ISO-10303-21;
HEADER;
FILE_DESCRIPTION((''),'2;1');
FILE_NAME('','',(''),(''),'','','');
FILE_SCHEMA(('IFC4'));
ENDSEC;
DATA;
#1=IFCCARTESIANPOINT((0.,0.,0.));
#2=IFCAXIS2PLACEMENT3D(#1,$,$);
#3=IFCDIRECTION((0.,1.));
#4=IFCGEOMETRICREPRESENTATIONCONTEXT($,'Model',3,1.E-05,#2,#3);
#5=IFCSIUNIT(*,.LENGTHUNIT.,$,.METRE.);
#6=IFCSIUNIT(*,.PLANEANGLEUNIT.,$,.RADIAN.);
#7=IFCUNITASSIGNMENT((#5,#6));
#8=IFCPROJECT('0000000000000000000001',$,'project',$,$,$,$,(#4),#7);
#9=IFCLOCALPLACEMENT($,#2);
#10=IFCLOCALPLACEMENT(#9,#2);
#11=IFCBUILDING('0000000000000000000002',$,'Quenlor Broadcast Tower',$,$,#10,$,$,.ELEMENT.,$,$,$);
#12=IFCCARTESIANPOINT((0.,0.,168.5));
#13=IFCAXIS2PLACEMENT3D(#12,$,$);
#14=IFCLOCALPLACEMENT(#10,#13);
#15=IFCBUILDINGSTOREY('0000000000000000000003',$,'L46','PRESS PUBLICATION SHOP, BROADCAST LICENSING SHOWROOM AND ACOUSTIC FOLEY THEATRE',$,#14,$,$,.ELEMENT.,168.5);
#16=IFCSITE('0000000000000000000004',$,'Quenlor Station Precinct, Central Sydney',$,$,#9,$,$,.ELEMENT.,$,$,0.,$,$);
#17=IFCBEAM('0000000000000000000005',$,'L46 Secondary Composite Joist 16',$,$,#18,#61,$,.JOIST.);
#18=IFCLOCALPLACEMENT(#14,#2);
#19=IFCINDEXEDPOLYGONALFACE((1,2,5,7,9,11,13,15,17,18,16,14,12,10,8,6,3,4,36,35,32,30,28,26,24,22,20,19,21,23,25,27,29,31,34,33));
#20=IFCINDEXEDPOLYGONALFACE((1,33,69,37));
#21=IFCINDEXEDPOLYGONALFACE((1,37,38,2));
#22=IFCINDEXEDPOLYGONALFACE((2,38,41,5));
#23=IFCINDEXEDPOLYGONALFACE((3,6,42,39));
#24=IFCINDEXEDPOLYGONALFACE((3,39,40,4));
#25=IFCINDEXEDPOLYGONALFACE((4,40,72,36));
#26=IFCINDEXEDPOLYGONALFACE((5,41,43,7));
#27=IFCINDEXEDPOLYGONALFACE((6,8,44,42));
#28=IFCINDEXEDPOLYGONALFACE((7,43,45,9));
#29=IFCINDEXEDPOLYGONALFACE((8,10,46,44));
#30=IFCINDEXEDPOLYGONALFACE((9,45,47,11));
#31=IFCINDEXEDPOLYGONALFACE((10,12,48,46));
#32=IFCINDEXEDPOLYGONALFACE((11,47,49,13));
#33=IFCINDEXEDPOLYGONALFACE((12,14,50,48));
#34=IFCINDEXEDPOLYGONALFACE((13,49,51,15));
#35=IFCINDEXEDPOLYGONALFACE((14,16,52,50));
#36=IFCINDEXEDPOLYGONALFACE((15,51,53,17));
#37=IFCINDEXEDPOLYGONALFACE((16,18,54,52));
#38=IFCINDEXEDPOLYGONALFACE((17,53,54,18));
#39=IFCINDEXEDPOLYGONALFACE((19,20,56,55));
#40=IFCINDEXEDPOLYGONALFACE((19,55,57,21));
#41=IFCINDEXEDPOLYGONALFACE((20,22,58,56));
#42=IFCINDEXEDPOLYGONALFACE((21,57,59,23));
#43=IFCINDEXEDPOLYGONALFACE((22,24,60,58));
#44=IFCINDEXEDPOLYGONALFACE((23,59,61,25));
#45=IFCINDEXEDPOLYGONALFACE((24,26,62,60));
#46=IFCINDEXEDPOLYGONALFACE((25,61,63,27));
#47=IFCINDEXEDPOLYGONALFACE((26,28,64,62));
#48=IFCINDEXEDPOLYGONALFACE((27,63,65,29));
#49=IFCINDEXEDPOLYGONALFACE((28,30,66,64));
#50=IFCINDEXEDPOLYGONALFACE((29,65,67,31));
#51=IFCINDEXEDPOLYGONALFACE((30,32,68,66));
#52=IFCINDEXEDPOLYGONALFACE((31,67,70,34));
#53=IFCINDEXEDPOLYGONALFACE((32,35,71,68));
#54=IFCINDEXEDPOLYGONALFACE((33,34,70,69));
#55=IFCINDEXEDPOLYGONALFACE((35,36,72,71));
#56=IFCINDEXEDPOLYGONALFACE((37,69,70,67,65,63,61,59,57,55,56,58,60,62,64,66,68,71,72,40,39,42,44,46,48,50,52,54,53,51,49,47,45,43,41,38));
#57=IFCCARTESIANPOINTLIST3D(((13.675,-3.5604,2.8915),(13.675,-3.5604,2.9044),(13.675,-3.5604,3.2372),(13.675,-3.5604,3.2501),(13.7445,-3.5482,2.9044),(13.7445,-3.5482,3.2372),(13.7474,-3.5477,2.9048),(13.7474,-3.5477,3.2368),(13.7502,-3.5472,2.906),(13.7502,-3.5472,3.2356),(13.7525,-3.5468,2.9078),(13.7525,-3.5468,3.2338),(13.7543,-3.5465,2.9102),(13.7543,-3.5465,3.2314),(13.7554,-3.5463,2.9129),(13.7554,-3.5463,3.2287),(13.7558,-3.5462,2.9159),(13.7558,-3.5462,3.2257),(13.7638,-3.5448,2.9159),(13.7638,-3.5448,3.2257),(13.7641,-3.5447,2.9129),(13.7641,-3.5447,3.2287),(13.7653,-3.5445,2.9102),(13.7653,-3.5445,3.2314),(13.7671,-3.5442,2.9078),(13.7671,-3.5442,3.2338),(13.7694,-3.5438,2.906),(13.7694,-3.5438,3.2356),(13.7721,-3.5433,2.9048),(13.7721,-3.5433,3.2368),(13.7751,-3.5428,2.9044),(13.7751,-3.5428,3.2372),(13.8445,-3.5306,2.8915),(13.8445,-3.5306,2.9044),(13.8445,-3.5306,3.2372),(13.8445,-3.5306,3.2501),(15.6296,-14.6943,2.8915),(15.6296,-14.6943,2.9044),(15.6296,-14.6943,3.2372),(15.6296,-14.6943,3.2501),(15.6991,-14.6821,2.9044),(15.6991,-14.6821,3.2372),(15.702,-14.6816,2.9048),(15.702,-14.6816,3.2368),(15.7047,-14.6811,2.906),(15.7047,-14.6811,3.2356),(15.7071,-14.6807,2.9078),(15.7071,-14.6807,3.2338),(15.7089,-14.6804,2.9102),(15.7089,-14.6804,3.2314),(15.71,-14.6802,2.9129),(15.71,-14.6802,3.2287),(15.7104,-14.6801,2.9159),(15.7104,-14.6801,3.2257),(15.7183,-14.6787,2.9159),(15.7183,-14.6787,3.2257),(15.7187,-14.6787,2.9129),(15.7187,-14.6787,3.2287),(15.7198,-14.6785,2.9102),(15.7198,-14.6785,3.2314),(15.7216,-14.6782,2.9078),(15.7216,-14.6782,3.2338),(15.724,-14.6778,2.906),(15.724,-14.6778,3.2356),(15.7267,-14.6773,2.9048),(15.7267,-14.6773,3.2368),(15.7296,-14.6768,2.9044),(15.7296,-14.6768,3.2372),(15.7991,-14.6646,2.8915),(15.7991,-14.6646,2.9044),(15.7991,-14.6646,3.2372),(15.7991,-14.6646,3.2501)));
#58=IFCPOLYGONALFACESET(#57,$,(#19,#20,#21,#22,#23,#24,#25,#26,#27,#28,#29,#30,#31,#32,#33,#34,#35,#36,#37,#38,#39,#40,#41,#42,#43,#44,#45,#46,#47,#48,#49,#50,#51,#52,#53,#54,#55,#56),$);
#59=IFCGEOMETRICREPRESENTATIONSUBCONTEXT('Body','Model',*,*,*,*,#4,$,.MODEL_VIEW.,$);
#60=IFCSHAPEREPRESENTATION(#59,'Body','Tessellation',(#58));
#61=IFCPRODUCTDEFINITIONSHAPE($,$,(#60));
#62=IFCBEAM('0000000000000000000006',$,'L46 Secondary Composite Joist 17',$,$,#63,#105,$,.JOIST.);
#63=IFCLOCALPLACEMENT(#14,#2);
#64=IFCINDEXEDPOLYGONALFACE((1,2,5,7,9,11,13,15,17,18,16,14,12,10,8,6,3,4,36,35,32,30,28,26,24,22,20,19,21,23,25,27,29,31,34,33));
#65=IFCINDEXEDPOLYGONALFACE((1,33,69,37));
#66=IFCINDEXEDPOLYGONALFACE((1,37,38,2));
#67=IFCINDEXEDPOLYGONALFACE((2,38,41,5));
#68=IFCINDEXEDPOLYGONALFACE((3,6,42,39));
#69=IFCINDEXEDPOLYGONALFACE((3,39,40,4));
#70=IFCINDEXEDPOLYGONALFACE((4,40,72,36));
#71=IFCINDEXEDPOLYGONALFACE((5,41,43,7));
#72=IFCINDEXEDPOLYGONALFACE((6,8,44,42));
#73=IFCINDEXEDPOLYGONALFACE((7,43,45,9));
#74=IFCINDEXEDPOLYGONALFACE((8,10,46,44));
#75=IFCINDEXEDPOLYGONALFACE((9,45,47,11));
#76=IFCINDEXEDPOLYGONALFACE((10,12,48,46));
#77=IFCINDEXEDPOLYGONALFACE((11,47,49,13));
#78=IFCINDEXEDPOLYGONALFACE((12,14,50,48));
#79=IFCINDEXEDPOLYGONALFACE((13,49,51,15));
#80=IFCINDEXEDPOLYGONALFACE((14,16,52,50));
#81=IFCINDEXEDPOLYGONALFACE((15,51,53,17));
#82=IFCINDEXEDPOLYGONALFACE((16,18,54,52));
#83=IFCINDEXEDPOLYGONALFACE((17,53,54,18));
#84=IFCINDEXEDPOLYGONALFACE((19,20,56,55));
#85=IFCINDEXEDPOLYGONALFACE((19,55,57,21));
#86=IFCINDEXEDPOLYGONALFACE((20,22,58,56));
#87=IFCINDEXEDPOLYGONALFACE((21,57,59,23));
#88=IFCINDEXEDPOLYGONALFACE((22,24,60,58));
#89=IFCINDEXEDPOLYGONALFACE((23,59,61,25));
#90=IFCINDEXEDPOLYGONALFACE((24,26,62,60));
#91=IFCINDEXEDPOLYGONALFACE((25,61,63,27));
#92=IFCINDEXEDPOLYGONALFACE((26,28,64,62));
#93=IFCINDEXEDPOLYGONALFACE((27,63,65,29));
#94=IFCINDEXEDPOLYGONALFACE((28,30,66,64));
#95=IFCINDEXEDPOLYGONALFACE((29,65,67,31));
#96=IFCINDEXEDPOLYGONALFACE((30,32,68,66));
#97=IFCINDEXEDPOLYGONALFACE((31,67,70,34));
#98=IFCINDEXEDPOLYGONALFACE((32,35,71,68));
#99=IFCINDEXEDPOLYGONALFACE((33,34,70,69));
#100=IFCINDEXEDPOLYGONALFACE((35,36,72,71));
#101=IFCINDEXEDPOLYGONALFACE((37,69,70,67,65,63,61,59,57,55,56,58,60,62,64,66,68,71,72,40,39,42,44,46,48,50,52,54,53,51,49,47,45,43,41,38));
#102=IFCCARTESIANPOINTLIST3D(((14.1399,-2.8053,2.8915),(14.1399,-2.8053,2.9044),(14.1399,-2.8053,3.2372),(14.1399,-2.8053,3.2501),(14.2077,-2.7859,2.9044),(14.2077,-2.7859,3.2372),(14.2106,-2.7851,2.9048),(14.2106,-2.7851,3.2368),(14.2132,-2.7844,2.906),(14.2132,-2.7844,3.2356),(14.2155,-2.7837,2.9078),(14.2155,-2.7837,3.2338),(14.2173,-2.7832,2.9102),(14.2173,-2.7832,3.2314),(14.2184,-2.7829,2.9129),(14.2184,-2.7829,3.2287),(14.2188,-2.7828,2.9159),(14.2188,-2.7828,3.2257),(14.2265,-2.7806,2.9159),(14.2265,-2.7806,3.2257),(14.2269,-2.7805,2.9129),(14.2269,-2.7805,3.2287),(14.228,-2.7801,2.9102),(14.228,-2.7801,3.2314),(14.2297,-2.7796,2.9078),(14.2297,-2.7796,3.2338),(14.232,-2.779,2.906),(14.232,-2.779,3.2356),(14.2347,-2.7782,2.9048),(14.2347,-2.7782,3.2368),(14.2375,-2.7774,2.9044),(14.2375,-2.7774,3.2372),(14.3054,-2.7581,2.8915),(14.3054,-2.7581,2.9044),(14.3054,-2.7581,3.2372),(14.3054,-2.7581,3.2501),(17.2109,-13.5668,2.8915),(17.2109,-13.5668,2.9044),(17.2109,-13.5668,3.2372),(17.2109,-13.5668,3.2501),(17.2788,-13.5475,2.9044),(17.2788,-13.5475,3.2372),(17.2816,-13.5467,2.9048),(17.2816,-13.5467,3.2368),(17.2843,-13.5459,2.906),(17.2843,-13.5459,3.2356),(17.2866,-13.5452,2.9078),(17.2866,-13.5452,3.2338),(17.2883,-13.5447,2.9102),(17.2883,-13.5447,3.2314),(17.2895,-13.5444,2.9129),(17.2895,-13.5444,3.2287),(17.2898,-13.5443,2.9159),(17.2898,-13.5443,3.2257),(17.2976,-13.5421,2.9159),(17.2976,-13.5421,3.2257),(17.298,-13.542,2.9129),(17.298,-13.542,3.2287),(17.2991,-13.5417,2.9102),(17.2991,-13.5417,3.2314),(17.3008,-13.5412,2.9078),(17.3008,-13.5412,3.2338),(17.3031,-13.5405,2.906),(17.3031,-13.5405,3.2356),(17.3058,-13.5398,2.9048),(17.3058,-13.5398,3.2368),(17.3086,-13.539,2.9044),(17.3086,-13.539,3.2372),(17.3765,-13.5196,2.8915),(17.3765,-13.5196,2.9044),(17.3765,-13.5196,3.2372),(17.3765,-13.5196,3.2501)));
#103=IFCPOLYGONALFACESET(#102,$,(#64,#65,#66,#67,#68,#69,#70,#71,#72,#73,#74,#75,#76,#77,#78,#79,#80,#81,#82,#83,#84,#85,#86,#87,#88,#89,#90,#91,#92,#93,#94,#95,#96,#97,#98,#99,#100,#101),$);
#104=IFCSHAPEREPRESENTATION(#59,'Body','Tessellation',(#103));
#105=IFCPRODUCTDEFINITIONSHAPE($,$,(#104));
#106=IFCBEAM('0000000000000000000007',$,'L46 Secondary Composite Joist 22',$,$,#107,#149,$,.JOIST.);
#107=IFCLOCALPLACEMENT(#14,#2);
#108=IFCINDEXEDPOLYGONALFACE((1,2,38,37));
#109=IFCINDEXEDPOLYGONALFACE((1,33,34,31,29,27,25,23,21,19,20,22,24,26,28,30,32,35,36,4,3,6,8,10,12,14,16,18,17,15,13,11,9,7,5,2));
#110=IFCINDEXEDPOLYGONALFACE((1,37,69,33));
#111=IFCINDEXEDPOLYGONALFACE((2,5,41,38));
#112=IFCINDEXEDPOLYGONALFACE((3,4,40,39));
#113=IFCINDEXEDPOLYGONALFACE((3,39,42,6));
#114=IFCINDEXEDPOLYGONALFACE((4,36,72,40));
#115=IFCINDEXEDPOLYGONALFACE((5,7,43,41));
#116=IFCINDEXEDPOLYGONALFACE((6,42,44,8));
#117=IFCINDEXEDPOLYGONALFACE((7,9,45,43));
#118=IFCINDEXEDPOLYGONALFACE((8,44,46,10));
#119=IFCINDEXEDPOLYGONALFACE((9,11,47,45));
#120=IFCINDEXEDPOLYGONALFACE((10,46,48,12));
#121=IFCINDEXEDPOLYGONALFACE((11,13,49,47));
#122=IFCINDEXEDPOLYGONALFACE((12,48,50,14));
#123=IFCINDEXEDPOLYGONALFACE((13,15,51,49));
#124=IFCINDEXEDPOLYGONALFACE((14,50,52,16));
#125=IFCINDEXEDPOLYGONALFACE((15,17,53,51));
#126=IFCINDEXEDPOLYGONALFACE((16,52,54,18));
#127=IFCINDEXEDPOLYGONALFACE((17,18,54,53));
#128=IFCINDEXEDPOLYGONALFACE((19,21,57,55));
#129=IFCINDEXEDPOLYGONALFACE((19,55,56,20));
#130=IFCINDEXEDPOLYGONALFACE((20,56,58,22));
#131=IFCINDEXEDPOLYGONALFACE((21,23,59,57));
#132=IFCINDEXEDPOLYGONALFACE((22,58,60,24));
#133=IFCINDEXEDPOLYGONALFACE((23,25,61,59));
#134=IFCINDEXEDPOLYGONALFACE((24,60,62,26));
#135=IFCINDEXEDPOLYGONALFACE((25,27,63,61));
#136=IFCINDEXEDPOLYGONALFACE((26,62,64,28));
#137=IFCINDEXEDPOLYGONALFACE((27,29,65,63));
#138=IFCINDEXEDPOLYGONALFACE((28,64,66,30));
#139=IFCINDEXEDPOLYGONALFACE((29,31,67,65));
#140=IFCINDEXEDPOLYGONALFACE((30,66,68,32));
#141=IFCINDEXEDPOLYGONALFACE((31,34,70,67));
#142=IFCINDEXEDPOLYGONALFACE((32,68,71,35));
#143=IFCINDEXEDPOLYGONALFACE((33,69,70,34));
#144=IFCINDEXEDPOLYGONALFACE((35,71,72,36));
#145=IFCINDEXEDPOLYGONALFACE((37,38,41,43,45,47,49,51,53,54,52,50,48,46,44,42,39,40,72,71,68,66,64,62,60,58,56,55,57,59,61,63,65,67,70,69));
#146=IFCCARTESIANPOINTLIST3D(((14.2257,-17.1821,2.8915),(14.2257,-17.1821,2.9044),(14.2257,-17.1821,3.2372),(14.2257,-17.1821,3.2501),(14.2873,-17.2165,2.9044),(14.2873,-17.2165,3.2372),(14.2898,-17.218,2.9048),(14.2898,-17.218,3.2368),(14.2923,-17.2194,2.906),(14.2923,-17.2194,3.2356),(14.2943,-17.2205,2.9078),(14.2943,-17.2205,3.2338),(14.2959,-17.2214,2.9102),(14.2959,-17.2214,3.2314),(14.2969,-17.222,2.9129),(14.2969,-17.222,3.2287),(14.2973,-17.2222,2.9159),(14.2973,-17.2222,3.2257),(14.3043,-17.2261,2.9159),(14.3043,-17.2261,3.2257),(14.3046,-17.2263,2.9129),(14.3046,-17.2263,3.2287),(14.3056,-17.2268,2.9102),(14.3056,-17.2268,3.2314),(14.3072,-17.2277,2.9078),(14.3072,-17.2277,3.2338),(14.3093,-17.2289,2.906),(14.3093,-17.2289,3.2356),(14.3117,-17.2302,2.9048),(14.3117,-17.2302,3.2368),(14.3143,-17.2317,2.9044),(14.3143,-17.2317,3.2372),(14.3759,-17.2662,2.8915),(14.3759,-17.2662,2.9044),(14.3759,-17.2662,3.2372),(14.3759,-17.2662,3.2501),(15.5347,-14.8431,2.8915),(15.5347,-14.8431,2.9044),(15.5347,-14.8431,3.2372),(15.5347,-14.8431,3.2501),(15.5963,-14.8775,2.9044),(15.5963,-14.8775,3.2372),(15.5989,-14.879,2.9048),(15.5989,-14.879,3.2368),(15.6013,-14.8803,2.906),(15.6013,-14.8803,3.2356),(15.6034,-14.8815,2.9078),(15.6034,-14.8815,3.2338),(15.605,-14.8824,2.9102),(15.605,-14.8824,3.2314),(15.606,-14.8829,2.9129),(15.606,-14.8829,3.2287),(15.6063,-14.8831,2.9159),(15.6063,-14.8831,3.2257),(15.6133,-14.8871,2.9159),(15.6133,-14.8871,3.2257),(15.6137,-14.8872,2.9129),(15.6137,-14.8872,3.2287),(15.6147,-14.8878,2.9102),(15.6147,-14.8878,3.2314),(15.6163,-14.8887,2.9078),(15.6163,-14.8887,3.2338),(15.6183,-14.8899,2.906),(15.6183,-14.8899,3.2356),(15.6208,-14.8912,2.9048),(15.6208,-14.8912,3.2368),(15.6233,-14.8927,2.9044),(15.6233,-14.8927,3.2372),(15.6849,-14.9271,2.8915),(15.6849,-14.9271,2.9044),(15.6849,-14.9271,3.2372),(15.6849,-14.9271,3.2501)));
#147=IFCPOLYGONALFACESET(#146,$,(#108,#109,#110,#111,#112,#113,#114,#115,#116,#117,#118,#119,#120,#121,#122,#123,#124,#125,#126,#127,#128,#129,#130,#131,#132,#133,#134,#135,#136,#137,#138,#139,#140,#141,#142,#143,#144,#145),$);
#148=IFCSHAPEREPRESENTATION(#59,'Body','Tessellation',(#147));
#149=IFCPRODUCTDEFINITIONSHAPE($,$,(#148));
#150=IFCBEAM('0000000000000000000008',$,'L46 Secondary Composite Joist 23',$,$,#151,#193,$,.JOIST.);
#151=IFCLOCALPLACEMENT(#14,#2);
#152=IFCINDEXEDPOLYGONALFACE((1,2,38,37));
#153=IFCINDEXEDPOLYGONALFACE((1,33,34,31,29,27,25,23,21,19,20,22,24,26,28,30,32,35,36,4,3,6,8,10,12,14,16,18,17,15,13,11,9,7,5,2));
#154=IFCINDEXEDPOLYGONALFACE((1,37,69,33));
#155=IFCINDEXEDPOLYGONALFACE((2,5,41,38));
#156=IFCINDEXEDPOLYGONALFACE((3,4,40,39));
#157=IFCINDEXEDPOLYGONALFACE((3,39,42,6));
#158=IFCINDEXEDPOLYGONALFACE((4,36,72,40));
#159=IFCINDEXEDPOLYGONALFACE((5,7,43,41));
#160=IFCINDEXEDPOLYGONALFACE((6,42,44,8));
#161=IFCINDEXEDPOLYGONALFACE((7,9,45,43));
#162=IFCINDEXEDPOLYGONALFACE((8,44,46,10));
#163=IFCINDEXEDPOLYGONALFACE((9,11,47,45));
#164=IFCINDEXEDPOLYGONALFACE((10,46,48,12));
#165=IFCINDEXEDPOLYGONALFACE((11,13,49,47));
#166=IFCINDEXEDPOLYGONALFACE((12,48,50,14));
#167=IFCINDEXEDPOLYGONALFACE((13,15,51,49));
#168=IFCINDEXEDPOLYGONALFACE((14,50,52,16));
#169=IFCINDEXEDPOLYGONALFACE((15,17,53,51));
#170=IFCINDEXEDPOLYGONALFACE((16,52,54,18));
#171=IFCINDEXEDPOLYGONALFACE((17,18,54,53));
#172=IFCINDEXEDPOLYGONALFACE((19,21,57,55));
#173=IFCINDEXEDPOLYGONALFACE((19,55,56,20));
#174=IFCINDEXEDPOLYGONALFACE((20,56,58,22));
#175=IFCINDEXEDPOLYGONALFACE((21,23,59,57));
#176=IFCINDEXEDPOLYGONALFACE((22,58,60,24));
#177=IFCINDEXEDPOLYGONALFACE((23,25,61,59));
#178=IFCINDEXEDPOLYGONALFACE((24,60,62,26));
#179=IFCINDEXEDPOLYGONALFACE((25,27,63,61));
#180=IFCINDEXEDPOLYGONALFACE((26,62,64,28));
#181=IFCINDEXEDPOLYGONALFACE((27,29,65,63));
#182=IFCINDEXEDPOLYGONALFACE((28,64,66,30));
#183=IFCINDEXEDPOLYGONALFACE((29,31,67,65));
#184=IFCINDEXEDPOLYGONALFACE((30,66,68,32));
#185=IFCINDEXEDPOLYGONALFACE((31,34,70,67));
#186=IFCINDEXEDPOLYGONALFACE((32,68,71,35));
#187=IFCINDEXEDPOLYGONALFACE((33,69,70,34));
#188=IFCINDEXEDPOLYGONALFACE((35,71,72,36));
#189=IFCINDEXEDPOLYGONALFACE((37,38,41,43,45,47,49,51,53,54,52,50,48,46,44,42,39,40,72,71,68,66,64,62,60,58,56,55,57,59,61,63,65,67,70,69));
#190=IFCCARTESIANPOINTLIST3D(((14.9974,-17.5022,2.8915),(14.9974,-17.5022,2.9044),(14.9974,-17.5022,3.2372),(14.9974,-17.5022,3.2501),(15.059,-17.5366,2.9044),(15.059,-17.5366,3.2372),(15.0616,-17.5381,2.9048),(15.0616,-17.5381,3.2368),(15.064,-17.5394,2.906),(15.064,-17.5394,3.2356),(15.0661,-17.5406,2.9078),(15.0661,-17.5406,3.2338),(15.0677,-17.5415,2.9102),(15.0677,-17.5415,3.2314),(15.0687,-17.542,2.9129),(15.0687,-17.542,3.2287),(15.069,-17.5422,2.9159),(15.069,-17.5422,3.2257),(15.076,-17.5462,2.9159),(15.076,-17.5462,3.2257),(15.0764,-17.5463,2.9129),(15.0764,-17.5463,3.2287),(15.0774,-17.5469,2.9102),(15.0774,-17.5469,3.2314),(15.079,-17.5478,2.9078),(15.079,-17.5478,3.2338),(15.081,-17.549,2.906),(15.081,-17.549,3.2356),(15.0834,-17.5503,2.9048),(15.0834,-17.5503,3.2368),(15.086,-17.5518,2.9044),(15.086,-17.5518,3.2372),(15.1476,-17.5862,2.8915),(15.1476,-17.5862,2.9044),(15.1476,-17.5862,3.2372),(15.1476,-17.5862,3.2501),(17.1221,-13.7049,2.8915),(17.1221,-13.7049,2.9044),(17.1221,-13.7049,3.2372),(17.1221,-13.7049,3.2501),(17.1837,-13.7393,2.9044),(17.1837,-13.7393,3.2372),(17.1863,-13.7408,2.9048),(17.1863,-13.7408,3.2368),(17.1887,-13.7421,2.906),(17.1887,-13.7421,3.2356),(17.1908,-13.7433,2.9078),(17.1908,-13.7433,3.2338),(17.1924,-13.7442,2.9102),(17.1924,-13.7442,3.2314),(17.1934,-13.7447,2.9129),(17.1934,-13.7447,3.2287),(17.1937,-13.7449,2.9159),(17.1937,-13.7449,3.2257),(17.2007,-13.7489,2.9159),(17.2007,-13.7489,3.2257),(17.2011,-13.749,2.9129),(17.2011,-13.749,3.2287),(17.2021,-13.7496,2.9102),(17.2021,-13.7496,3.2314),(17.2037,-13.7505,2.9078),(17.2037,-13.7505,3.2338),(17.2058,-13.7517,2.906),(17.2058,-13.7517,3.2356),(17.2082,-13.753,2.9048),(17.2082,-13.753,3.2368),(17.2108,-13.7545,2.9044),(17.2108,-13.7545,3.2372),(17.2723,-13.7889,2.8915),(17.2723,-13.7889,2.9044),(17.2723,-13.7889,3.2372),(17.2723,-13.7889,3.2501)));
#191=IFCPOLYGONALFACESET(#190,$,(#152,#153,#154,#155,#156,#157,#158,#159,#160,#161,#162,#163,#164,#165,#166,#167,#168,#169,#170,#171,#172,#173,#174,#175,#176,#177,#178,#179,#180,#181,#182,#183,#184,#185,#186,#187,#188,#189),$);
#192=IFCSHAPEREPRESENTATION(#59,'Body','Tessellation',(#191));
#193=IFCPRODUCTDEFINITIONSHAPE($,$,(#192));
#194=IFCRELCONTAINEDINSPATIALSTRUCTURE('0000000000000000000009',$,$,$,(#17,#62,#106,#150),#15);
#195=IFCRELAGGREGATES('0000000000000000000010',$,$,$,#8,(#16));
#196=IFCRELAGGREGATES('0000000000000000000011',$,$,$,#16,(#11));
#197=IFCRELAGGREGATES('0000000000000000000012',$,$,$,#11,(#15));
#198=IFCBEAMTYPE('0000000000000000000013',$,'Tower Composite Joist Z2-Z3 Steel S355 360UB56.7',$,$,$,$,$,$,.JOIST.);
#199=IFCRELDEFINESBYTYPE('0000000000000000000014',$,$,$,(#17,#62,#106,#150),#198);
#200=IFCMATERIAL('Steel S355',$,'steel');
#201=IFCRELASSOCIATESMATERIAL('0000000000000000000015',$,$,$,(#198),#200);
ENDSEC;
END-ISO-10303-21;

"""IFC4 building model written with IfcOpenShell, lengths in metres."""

from ifc_helpers import new_model, si_unit, direction, frame, origin, origin_2d, place, context, subcontext, project, spatial, i_section, extrude, material, material_profile, profile_set, type_object, element, save


model = new_model("IFC4")

# Units and contexts
model_context = context("Model", 3, precision=1e-05, world=origin(), true_north=direction((0.0, 1.0)))
body_context = subcontext(model_context, "Body", "Model", "MODEL_VIEW")
ifc_project = project(units=[si_unit("LENGTHUNIT", "METRE"), si_unit("PLANEANGLEUNIT", "RADIAN")], contexts=[model_context])

# Site, building, storey
site_placement = place(None, origin())
site = spatial("IfcSite", under=ifc_project, at=site_placement, Name="Quenlor Station Precinct, Central Sydney", CompositionType="ELEMENT", RefElevation=0.0)
building_placement = place(site_placement, origin())
building = spatial("IfcBuilding", under=site, at=building_placement, Name="Quenlor Broadcast Tower", CompositionType="ELEMENT")
storey_placement = place(building_placement, frame((0.0, 0.0, 168.5)))
storey = spatial("IfcBuildingStorey", under=building, at=storey_placement, Name="L46", Description="PRESS PUBLICATION SHOP, BROADCAST LICENSING SHOWROOM AND ACOUSTIC FOLEY THEATRE", CompositionType="ELEMENT", Elevation=168.5)

# Beams
ifc_material_1 = material(Name="Steel S355", Category="steel")
ifc_material_profile_1 = material_profile(ifc_material_1, i_section(OverallWidth=0.1721, OverallDepth=0.3586, WebThickness=0.0081, FlangeThickness=0.0129, FilletRadius=0.0115, at=origin_2d()))
ifc_profile_set_1 = profile_set([ifc_material_profile_1], Name="Steel S355 360UB56.7")
beam_type_1 = type_object("IfcBeamType", Name="Tower Composite Joist Z2-Z3 Steel S355 360UB56.7", PredefinedType="JOIST", material=ifc_profile_set_1)
beam_1_placement = place(storey_placement, frame((15.7144, -14.6794, 3.0708), z_axis=(-0.172907, 0.984938, 0.0), x_axis=(-0.984938, -0.172907, 0.0)))
element("IfcBeam", 1, at=beam_1_placement, inside=storey, type_object=beam_type_1, Name="L46 Secondary Composite Joist 16", PredefinedType="JOIST", context=body_context, shape_type="SweptSolid", body=[
    extrude(i_section(OverallWidth=0.1721, OverallDepth=0.3586, WebThickness=0.0081, FlangeThickness=0.0129, FilletRadius=0.0115, at=origin_2d()), origin(), (0.0, 0.0, 1.0), 11.3042),
])
beam_2_placement = place(storey_placement, frame((17.2937, -13.5432, 3.0708), z_axis=(-0.274419, 0.96161, 0.0), x_axis=(-0.96161, -0.274419, 0.0)))
element("IfcBeam", 2, at=beam_2_placement, inside=storey, type_object=beam_type_1, Name="L46 Secondary Composite Joist 17", PredefinedType="JOIST", context=body_context, shape_type="SweptSolid", body=[
    extrude(i_section(OverallWidth=0.1721, OverallDepth=0.3586, WebThickness=0.0081, FlangeThickness=0.0129, FilletRadius=0.0115, at=origin_2d()), origin(), (0.0, 0.0, 1.0), 11.1912),
])
beam_3_placement = place(storey_placement, frame((14.3008, -17.2241, 3.0708), z_axis=(0.48837, 0.872636, 0.0), x_axis=(-0.872636, 0.48837, 0.0)))
element("IfcBeam", 3, at=beam_3_placement, inside=storey, type_object=beam_type_1, Name="L46 Secondary Composite Joist 22", PredefinedType="JOIST", context=body_context, shape_type="SweptSolid", body=[
    extrude(i_section(OverallWidth=0.1721, OverallDepth=0.3586, WebThickness=0.0081, FlangeThickness=0.0129, FilletRadius=0.0115, at=origin_2d()), origin(), (0.0, 0.0, 1.0), 2.6804),
])
beam_4_placement = place(storey_placement, frame((15.0725, -17.5442, 3.0708), z_axis=(0.488294, 0.872679, 0.0), x_axis=(-0.872679, 0.488294, 0.0)))
element("IfcBeam", 4, at=beam_4_placement, inside=storey, type_object=beam_type_1, Name="L46 Secondary Composite Joist 23", PredefinedType="JOIST", context=body_context, shape_type="SweptSolid", body=[
    extrude(i_section(OverallWidth=0.1721, OverallDepth=0.3586, WebThickness=0.0081, FlangeThickness=0.0129, FilletRadius=0.0115, at=origin_2d()), origin(), (0.0, 0.0, 1.0), 4.3513),
])

save(model, "model.ifc")
